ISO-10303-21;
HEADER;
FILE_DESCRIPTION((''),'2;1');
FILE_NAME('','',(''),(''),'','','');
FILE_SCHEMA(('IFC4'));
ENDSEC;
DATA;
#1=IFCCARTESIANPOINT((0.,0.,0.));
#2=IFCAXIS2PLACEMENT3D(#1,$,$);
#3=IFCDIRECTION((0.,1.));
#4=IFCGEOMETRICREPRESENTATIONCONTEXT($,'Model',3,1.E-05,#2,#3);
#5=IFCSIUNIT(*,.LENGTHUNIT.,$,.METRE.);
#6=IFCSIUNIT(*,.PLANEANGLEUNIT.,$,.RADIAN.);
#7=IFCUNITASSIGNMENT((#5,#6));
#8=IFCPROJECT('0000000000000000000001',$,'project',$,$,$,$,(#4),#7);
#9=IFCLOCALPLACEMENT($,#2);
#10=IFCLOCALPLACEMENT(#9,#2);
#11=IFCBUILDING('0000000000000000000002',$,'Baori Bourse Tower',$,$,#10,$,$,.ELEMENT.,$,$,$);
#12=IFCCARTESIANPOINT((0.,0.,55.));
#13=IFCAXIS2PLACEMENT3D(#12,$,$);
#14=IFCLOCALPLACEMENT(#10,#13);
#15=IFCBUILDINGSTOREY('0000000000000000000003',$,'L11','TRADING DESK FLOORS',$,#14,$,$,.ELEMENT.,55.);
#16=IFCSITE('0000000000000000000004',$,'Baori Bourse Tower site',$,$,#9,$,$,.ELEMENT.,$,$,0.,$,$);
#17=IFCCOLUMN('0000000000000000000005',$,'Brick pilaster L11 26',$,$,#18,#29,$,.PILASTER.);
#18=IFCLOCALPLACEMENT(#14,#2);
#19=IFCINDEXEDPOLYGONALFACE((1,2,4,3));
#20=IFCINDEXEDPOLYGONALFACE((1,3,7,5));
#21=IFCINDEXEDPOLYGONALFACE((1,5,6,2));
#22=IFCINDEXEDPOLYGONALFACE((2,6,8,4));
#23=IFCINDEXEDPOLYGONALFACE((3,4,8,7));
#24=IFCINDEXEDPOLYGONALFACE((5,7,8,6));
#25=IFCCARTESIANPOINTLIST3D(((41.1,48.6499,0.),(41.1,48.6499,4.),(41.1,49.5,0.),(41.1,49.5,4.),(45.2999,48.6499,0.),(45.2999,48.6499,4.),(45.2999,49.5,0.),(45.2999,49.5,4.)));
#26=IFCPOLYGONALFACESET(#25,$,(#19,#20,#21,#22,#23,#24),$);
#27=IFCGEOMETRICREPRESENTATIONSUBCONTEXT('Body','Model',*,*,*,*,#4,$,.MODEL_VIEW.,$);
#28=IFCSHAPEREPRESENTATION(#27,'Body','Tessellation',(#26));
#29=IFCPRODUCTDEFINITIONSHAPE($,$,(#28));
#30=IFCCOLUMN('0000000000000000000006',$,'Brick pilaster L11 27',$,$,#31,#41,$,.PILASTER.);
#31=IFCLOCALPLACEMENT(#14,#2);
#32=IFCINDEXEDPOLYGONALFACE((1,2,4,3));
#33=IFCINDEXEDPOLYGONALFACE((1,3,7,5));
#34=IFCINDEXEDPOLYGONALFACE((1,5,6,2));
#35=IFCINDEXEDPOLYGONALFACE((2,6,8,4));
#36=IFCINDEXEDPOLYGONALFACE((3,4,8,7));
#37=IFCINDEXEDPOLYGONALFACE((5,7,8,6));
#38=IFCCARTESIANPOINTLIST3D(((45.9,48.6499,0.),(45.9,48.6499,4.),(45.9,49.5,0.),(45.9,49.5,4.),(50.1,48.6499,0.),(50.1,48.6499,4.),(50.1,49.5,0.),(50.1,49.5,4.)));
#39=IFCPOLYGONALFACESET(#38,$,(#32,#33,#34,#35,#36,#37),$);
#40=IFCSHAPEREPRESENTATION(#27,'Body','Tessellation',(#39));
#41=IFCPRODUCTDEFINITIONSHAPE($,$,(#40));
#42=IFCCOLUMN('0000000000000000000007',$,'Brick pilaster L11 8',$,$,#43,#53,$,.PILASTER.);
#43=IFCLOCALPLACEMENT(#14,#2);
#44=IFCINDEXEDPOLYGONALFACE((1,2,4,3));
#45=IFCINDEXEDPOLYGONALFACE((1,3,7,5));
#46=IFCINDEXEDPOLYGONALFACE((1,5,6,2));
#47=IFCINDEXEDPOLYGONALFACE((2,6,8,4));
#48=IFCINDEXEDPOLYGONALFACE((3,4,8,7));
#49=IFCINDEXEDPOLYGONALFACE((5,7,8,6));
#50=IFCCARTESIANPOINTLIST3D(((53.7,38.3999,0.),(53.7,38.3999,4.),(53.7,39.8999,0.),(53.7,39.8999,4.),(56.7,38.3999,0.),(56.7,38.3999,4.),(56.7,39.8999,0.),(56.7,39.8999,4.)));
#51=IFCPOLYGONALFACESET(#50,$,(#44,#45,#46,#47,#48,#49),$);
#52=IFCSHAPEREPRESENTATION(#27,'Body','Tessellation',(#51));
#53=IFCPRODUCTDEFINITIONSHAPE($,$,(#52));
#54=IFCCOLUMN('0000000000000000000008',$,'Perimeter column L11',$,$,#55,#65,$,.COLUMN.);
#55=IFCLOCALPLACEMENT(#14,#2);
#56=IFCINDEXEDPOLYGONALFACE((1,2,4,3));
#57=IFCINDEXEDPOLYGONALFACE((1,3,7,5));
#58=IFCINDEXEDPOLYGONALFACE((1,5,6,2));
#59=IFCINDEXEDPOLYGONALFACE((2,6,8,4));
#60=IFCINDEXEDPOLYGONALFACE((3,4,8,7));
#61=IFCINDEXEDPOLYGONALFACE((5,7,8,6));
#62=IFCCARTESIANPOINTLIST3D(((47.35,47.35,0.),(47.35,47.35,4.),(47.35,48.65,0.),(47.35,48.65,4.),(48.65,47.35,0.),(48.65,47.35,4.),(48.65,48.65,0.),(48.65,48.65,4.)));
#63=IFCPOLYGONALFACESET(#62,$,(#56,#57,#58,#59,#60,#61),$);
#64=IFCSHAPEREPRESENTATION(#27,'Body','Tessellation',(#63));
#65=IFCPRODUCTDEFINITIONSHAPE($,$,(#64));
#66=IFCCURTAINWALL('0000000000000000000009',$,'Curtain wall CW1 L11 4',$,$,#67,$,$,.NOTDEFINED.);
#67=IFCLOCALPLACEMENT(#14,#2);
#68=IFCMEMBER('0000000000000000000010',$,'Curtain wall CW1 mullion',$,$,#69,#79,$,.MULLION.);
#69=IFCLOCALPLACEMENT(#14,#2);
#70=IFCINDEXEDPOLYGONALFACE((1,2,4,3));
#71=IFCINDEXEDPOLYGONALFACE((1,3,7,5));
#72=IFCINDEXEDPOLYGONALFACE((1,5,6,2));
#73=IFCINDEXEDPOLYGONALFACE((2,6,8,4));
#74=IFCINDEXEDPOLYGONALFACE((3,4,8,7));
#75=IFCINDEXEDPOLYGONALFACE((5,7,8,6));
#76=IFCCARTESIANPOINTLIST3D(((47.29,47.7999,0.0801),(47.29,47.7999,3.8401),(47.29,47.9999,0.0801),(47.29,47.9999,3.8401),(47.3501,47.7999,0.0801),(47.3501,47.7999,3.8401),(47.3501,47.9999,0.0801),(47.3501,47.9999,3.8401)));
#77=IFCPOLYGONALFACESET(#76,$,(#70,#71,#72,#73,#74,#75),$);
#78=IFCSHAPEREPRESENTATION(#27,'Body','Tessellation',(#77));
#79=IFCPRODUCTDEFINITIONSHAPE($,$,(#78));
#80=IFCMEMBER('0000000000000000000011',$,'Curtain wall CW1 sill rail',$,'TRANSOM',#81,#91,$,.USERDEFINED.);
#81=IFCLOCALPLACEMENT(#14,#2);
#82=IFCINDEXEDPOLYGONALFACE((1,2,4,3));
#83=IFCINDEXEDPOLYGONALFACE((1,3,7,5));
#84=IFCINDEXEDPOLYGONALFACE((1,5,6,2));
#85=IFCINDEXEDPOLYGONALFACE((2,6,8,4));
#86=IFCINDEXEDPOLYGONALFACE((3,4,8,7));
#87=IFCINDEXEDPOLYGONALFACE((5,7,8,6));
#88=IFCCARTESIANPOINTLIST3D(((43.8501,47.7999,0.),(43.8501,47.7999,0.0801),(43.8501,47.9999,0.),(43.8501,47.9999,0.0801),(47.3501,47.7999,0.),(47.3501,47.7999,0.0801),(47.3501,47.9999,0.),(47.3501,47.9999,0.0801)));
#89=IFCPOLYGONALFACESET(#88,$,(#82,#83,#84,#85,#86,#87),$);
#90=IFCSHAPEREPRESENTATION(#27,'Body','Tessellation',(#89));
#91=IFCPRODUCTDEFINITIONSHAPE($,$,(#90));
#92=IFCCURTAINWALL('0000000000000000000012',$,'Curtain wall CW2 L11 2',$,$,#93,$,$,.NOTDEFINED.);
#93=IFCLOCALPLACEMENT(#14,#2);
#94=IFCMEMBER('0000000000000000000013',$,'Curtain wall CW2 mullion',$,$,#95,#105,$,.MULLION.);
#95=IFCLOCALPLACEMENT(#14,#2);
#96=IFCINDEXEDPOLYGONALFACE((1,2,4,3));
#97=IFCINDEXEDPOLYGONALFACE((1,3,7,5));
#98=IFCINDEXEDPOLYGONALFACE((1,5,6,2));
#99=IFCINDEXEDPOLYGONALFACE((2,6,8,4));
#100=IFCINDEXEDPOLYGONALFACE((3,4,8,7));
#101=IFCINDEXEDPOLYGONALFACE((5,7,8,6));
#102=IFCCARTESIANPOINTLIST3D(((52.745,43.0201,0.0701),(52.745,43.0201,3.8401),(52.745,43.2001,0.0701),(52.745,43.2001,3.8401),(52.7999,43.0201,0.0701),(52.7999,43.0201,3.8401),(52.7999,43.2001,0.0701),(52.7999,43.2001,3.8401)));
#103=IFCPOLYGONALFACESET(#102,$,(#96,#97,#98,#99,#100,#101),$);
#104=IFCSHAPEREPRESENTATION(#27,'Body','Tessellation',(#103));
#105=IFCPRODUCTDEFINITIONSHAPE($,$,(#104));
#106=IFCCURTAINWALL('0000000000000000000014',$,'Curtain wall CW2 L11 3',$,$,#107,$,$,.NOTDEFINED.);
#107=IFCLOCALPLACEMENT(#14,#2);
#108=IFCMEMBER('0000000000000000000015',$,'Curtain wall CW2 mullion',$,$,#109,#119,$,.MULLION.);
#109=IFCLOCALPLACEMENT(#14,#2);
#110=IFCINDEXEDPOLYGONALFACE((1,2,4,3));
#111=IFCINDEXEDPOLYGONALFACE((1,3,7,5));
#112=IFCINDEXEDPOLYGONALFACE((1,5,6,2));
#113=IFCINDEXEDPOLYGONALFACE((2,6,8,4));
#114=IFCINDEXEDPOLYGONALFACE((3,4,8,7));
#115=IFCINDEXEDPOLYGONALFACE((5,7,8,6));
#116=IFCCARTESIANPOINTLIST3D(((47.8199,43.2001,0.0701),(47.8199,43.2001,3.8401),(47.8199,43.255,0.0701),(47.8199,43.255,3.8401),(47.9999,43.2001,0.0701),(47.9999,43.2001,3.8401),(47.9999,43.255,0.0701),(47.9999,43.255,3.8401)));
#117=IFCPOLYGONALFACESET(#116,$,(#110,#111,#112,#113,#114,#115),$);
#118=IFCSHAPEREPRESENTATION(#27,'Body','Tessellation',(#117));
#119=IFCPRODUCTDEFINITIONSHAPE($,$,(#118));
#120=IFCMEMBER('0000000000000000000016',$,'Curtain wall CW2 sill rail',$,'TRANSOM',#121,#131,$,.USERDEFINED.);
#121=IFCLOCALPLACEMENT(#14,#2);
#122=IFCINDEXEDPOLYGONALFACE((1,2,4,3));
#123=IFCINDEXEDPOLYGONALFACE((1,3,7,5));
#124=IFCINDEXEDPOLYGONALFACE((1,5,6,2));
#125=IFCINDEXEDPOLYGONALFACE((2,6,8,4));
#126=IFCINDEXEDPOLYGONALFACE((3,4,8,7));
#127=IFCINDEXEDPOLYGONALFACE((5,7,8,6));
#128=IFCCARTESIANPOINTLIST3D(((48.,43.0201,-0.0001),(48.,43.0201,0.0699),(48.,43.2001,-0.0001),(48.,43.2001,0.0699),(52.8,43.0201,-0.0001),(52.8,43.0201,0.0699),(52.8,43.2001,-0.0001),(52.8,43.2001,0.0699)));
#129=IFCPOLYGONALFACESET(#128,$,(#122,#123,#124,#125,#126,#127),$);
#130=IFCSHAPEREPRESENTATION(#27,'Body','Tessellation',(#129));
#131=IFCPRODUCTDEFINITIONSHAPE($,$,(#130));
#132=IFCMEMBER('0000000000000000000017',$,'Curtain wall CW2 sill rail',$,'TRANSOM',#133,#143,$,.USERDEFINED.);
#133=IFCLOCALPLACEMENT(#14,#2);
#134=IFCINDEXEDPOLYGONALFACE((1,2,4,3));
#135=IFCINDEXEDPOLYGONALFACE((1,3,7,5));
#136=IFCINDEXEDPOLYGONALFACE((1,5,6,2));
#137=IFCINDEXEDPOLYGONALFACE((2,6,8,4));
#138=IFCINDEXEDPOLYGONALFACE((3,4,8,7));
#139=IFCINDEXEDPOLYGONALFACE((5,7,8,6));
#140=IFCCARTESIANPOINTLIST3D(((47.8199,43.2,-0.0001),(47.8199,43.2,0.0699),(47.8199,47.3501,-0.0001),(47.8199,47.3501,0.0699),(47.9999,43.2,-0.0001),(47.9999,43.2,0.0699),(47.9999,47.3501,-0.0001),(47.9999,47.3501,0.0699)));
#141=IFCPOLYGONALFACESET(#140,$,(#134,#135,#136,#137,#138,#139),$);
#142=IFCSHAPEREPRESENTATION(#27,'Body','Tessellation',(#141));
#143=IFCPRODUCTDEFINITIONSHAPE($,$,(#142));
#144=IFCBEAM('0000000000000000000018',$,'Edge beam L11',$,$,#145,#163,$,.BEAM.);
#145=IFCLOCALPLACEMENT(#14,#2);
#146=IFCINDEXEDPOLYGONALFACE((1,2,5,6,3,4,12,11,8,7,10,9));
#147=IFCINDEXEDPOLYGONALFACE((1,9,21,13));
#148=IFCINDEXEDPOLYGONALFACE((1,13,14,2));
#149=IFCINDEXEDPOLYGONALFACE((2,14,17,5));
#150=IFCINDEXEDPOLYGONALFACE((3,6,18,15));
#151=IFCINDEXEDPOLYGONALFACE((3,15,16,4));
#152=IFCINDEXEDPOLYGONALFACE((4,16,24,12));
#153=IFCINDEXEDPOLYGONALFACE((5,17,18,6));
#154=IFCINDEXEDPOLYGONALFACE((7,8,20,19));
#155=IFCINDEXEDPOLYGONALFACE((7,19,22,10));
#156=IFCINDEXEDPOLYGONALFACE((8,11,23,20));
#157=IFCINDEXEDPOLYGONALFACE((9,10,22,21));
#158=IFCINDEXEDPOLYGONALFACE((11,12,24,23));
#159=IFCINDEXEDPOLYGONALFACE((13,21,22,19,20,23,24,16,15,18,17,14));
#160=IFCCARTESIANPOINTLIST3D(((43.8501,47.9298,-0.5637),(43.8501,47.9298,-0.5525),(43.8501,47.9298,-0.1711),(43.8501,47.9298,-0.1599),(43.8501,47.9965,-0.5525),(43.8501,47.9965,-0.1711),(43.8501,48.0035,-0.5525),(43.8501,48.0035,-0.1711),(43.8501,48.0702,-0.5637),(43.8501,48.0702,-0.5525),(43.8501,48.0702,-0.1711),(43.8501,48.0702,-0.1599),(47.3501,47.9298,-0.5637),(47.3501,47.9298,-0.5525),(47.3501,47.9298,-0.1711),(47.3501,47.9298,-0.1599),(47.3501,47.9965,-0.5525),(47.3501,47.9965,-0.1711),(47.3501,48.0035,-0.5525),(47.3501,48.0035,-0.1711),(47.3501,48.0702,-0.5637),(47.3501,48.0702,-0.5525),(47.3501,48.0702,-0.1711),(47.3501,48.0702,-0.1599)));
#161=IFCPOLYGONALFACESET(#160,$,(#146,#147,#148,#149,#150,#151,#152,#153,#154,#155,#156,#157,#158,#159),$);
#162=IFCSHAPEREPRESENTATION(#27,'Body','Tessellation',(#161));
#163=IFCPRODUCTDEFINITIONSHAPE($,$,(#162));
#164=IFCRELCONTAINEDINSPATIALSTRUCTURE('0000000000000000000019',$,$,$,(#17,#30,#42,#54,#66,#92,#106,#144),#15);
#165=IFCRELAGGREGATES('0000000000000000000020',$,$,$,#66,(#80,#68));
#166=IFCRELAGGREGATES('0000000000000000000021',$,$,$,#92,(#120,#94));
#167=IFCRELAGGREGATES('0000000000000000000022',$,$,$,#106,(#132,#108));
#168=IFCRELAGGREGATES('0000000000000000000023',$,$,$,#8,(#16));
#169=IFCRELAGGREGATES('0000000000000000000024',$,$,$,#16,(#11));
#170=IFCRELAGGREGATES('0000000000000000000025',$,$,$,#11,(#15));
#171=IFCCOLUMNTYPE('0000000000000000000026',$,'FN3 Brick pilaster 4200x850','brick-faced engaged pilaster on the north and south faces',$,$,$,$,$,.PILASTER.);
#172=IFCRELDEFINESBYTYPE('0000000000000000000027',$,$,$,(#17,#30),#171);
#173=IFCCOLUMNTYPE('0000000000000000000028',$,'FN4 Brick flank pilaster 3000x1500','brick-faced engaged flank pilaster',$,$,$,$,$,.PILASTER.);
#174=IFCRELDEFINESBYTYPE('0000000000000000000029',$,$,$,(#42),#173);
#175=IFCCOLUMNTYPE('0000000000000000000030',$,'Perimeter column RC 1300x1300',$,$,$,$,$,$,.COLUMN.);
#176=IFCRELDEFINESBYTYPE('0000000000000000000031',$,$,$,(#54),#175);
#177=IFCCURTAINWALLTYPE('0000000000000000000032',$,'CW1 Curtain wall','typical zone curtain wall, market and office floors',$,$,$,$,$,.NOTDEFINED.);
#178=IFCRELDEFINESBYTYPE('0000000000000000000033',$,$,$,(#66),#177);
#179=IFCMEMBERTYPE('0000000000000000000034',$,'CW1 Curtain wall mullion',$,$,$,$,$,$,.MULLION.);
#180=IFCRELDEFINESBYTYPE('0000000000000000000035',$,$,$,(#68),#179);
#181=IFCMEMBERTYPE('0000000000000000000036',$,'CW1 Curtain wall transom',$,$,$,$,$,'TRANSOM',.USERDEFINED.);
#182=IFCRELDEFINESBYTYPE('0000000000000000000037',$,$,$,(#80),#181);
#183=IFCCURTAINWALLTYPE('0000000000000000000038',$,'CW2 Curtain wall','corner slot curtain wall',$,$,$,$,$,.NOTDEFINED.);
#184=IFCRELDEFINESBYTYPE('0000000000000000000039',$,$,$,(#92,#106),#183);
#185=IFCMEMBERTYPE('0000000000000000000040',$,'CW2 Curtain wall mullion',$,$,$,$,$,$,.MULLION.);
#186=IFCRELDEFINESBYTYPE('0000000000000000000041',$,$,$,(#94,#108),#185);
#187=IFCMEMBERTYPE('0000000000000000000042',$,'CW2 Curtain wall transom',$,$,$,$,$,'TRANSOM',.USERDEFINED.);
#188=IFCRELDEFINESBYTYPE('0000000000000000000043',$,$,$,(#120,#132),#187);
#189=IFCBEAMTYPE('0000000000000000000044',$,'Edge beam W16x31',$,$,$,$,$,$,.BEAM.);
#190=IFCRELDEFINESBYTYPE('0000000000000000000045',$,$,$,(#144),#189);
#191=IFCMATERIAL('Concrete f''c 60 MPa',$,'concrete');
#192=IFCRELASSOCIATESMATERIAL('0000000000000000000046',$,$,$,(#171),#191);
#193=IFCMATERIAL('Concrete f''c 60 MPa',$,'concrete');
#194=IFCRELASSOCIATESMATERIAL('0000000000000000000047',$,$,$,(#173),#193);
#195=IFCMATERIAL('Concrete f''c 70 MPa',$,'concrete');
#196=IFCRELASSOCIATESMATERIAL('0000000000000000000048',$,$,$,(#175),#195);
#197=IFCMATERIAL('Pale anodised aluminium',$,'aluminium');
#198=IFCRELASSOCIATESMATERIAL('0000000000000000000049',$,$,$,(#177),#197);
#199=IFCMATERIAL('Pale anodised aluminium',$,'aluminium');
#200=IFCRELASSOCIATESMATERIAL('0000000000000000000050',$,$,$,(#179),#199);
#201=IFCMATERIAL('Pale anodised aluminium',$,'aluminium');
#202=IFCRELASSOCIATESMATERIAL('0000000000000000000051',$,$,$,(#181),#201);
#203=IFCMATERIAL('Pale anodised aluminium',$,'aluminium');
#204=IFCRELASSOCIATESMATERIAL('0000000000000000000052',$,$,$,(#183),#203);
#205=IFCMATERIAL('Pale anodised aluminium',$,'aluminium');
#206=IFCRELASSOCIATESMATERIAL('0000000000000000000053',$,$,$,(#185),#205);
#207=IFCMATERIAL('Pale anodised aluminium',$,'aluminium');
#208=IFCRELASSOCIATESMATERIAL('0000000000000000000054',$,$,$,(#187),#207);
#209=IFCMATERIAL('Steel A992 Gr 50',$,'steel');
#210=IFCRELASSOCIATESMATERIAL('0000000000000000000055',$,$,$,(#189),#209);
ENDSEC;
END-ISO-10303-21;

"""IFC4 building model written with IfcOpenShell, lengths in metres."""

from ifc_helpers import new_model, si_unit, direction, frame, origin, origin_2d, place, context, subcontext, project, spatial, rectangle, i_section, extrude, material, material_profile, profile_set, type_object, element, aggregate, save


model = new_model("IFC4")

# Units and contexts
model_context = context("Model", 3, precision=1e-05, world=origin(), true_north=direction((0.0, 1.0)))
body_context = subcontext(model_context, "Body", "Model", "MODEL_VIEW")
ifc_project = project(units=[si_unit("LENGTHUNIT", "METRE"), si_unit("PLANEANGLEUNIT", "RADIAN")], contexts=[model_context])

# Site, building, storey
site_placement = place(None, origin())
site = spatial("IfcSite", under=ifc_project, at=site_placement, Name="Baori Bourse Tower site", CompositionType="ELEMENT", RefElevation=0.0)
building_placement = place(site_placement, origin())
building = spatial("IfcBuilding", under=site, at=building_placement, Name="Baori Bourse Tower", CompositionType="ELEMENT")
storey_placement = place(building_placement, frame((0.0, 0.0, 55.0)))
storey = spatial("IfcBuildingStorey", under=building, at=storey_placement, Name="L11", Description="TRADING DESK FLOORS", CompositionType="ELEMENT", Elevation=55.0)

# Columns
ifc_material_1 = material(Name="Concrete f'c 60 MPa", Category="concrete")
ifc_material_profile_1 = material_profile(ifc_material_1, rectangle(XDim=4.2, YDim=0.8501, at=origin_2d()), Name="RC 4200x850")
ifc_profile_set_1 = profile_set([ifc_material_profile_1], Name="Concrete f'c 60 MPa")
column_type_1 = type_object("IfcColumnType", Name="FN3 Brick pilaster 4200x850", Description="brick-faced engaged pilaster on the north and south faces", PredefinedType="PILASTER", material=ifc_profile_set_1)
for number, where, z_axis, x_axis, name in (
    (1, (43.2, 49.075, 0.0), (0.0, 0.0, 1.0), (1.0, 0.0, 0.0), "Brick pilaster L11 26"),
    (2, (48.0, 49.075, 0.0), (0.0, 0.0, 1.0), (1.0, 0.0, 0.0), "Brick pilaster L11 27"),
):
    element("IfcColumn", number, at=place(storey_placement, frame(where, z_axis=z_axis, x_axis=x_axis)), inside=storey, type_object=column_type_1, Name=name, PredefinedType="PILASTER", context=body_context, shape_type="SweptSolid", body=[
        extrude(rectangle(XDim=4.2, YDim=0.8501, at=origin_2d()), origin(), (0.0, 0.0, 1.0), 4.0),
    ])
ifc_material_2 = material(Name="Concrete f'c 60 MPa", Category="concrete")
ifc_material_profile_2 = material_profile(ifc_material_2, rectangle(XDim=3.0, YDim=1.5, at=origin_2d()), Name="RC 3000x1500")
ifc_profile_set_2 = profile_set([ifc_material_profile_2], Name="Concrete f'c 60 MPa")
column_type_2 = type_object("IfcColumnType", Name="FN4 Brick flank pilaster 3000x1500", Description="brick-faced engaged flank pilaster", PredefinedType="PILASTER", material=ifc_profile_set_2)
column_1_placement = place(storey_placement, frame((55.2, 39.1499, 0.0), z_axis=(0.0, 0.0, 1.0), x_axis=(1.0, 0.0, 0.0)))
element("IfcColumn", 3, at=column_1_placement, inside=storey, type_object=column_type_2, Name="Brick pilaster L11 8", PredefinedType="PILASTER", context=body_context, shape_type="SweptSolid", body=[
    extrude(rectangle(XDim=3.0, YDim=1.5, at=origin_2d()), origin(), (0.0, 0.0, 1.0), 4.0),
])
ifc_material_3 = material(Name="Concrete f'c 70 MPa", Category="concrete")
ifc_material_profile_3 = material_profile(ifc_material_3, rectangle(XDim=1.3, YDim=1.3, at=origin_2d()), Name="RC 1300x1300")
ifc_profile_set_3 = profile_set([ifc_material_profile_3], Name="Concrete f'c 70 MPa")
column_type_3 = type_object("IfcColumnType", Name="Perimeter column RC 1300x1300", PredefinedType="COLUMN", material=ifc_profile_set_3)
column_2_placement = place(storey_placement, frame((48.0, 48.0, 0.0), z_axis=(0.0, 0.0, 1.0), x_axis=(1.0, 0.0, 0.0)))
element("IfcColumn", 4, at=column_2_placement, inside=storey, type_object=column_type_3, Name="Perimeter column L11", PredefinedType="COLUMN", context=body_context, shape_type="SweptSolid", body=[
    extrude(rectangle(XDim=1.3, YDim=1.3, at=origin_2d()), origin(), (0.0, 0.0, 1.0), 4.0),
])

# Curtain wall, members
ifc_material_4 = material(Name="Pale anodised aluminium", Category="aluminium")
curtain_wall_type_1 = type_object("IfcCurtainWallType", Name="CW1 Curtain wall", Description="typical zone curtain wall, market and office floors", PredefinedType="NOTDEFINED", material=ifc_material_4)
curtain_wall_1_placement = place(storey_placement, origin())
curtain_wall_1 = element("IfcCurtainWall", 5, at=curtain_wall_1_placement, inside=storey, type_object=curtain_wall_type_1, Name="Curtain wall CW1 L11 4", PredefinedType="NOTDEFINED")
ifc_material_5 = material(Name="Pale anodised aluminium", Category="aluminium")
ifc_material_profile_4 = material_profile(ifc_material_5, rectangle(XDim=0.2, YDim=0.0601, at=origin_2d()), Name="Mullion 60x200")
ifc_profile_set_4 = profile_set([ifc_material_profile_4], Name="Pale anodised aluminium")
member_type_1 = type_object("IfcMemberType", Name="CW1 Curtain wall mullion", PredefinedType="MULLION", material=ifc_profile_set_4)
member_1_placement = place(storey_placement, frame((47.3201, 47.8999, 0.0801), z_axis=(0.0, 0.0, 1.0), x_axis=(0.0, -1.0, 0.0)))
member_1 = element("IfcMember", 6, at=member_1_placement, type_object=member_type_1, Name="Curtain wall CW1 mullion", PredefinedType="MULLION", context=body_context, shape_type="SweptSolid", body=[
    extrude(rectangle(XDim=0.2, YDim=0.0601, at=origin_2d()), origin(), (0.0, 0.0, 1.0), 3.76),
])
ifc_material_6 = material(Name="Pale anodised aluminium", Category="aluminium")
ifc_material_profile_5 = material_profile(ifc_material_6, rectangle(XDim=0.2, YDim=0.0801, at=origin_2d()), Name="Transom 80x200")
ifc_profile_set_5 = profile_set([ifc_material_profile_5], Name="Pale anodised aluminium")
member_type_2 = type_object("IfcMemberType", Name="CW1 Curtain wall transom", ElementType="TRANSOM", PredefinedType="USERDEFINED", material=ifc_profile_set_5)
member_2_placement = place(storey_placement, frame((47.3501, 47.8999, 0.04), z_axis=(-1.0, 0.0, 0.0), x_axis=(0.0, -1.0, 0.0)))
member_2 = element("IfcMember", 7, at=member_2_placement, type_object=member_type_2, Name="Curtain wall CW1 sill rail", ObjectType="TRANSOM", PredefinedType="USERDEFINED", context=body_context, shape_type="SweptSolid", body=[
    extrude(rectangle(XDim=0.2, YDim=0.0801, at=origin_2d()), origin(), (0.0, 0.0, 1.0), 3.5),
])

# Curtain walls, members
ifc_material_7 = material(Name="Pale anodised aluminium", Category="aluminium")
curtain_wall_type_2 = type_object("IfcCurtainWallType", Name="CW2 Curtain wall", Description="corner slot curtain wall", PredefinedType="NOTDEFINED", material=ifc_material_7)
curtain_wall_2_placement = place(storey_placement, origin())
curtain_wall_2 = element("IfcCurtainWall", 8, at=curtain_wall_2_placement, inside=storey, type_object=curtain_wall_type_2, Name="Curtain wall CW2 L11 2", PredefinedType="NOTDEFINED")
ifc_material_8 = material(Name="Pale anodised aluminium", Category="aluminium")
ifc_material_profile_6 = material_profile(ifc_material_8, rectangle(XDim=0.1799, YDim=0.0549, at=origin_2d()), Name="Mullion 55x180")
ifc_profile_set_6 = profile_set([ifc_material_profile_6], Name="Pale anodised aluminium")
member_type_3 = type_object("IfcMemberType", Name="CW2 Curtain wall mullion", PredefinedType="MULLION", material=ifc_profile_set_6)
member_3_placement = place(storey_placement, frame((52.7725, 43.1101, 0.0701), z_axis=(0.0, 0.0, 1.0), x_axis=(0.0, -1.0, 0.0)))
member_3 = element("IfcMember", 9, at=member_3_placement, type_object=member_type_3, Name="Curtain wall CW2 mullion", PredefinedType="MULLION", context=body_context, shape_type="SweptSolid", body=[
    extrude(rectangle(XDim=0.1799, YDim=0.0549, at=origin_2d()), origin(), (0.0, 0.0, 1.0), 3.77),
])
curtain_wall_3_placement = place(storey_placement, origin())
curtain_wall_3 = element("IfcCurtainWall", 10, at=curtain_wall_3_placement, inside=storey, type_object=curtain_wall_type_2, Name="Curtain wall CW2 L11 3", PredefinedType="NOTDEFINED")
member_4_placement = place(storey_placement, frame((47.9099, 43.2275, 0.0701), z_axis=(0.0, 0.0, 1.0), x_axis=(-1.0, 0.0, 0.0)))
member_4 = element("IfcMember", 11, at=member_4_placement, type_object=member_type_3, Name="Curtain wall CW2 mullion", PredefinedType="MULLION", context=body_context, shape_type="SweptSolid", body=[
    extrude(rectangle(XDim=0.1799, YDim=0.0549, at=origin_2d()), origin(), (0.0, 0.0, 1.0), 3.77),
])

# Members
ifc_material_9 = material(Name="Pale anodised aluminium", Category="aluminium")
ifc_material_profile_7 = material_profile(ifc_material_9, rectangle(XDim=0.1799, YDim=0.0701, at=origin_2d()), Name="Transom 70x180")
ifc_profile_set_7 = profile_set([ifc_material_profile_7], Name="Pale anodised aluminium")
member_type_4 = type_object("IfcMemberType", Name="CW2 Curtain wall transom", ElementType="TRANSOM", PredefinedType="USERDEFINED", material=ifc_profile_set_7)
member_5_placement = place(storey_placement, frame((52.8, 43.1101, 0.0349), z_axis=(-1.0, 0.0, 0.0), x_axis=(0.0, -1.0, 0.0)))
member_5 = element("IfcMember", 12, at=member_5_placement, type_object=member_type_4, Name="Curtain wall CW2 sill rail", ObjectType="TRANSOM", PredefinedType="USERDEFINED", context=body_context, shape_type="SweptSolid", body=[
    extrude(rectangle(XDim=0.1799, YDim=0.0701, at=origin_2d()), origin(), (0.0, 0.0, 1.0), 4.8),
])
member_6_placement = place(storey_placement, frame((47.9099, 43.2, 0.0349), z_axis=(0.0, 1.0, 0.0), x_axis=(-1.0, 0.0, 0.0)))
member_6 = element("IfcMember", 13, at=member_6_placement, type_object=member_type_4, Name="Curtain wall CW2 sill rail", ObjectType="TRANSOM", PredefinedType="USERDEFINED", context=body_context, shape_type="SweptSolid", body=[
    extrude(rectangle(XDim=0.1799, YDim=0.0701, at=origin_2d()), origin(), (0.0, 0.0, 1.0), 4.1501),
])

# Beam
ifc_material_10 = material(Name="Steel A992 Gr 50", Category="steel")
ifc_material_profile_8 = material_profile(ifc_material_10, i_section(OverallWidth=0.1404, OverallDepth=0.4038, WebThickness=0.0071, FlangeThickness=0.0112, at=origin_2d()), Name="W16x31")
ifc_profile_set_8 = profile_set([ifc_material_profile_8], Name="Steel A992 Gr 50")
beam_type_1 = type_object("IfcBeamType", Name="Edge beam W16x31", PredefinedType="BEAM", material=ifc_profile_set_8)
beam_1_placement = place(storey_placement, frame((43.8501, 48.0, -0.3618), z_axis=(1.0, 0.0, 0.0), x_axis=(0.0, 1.0, 0.0)))
element("IfcBeam", 14, at=beam_1_placement, inside=storey, type_object=beam_type_1, Name="Edge beam L11", PredefinedType="BEAM", context=body_context, shape_type="SweptSolid", body=[
    extrude(i_section(OverallWidth=0.1404, OverallDepth=0.4038, WebThickness=0.0071, FlangeThickness=0.0112, at=origin_2d()), origin(), (0.0, 0.0, 1.0), 3.5),
])

aggregate(curtain_wall_1, [member_2, member_1])

aggregate(curtain_wall_2, [member_5, member_3])
aggregate(curtain_wall_3, [member_6, member_4])

save(model, "model.ifc")
